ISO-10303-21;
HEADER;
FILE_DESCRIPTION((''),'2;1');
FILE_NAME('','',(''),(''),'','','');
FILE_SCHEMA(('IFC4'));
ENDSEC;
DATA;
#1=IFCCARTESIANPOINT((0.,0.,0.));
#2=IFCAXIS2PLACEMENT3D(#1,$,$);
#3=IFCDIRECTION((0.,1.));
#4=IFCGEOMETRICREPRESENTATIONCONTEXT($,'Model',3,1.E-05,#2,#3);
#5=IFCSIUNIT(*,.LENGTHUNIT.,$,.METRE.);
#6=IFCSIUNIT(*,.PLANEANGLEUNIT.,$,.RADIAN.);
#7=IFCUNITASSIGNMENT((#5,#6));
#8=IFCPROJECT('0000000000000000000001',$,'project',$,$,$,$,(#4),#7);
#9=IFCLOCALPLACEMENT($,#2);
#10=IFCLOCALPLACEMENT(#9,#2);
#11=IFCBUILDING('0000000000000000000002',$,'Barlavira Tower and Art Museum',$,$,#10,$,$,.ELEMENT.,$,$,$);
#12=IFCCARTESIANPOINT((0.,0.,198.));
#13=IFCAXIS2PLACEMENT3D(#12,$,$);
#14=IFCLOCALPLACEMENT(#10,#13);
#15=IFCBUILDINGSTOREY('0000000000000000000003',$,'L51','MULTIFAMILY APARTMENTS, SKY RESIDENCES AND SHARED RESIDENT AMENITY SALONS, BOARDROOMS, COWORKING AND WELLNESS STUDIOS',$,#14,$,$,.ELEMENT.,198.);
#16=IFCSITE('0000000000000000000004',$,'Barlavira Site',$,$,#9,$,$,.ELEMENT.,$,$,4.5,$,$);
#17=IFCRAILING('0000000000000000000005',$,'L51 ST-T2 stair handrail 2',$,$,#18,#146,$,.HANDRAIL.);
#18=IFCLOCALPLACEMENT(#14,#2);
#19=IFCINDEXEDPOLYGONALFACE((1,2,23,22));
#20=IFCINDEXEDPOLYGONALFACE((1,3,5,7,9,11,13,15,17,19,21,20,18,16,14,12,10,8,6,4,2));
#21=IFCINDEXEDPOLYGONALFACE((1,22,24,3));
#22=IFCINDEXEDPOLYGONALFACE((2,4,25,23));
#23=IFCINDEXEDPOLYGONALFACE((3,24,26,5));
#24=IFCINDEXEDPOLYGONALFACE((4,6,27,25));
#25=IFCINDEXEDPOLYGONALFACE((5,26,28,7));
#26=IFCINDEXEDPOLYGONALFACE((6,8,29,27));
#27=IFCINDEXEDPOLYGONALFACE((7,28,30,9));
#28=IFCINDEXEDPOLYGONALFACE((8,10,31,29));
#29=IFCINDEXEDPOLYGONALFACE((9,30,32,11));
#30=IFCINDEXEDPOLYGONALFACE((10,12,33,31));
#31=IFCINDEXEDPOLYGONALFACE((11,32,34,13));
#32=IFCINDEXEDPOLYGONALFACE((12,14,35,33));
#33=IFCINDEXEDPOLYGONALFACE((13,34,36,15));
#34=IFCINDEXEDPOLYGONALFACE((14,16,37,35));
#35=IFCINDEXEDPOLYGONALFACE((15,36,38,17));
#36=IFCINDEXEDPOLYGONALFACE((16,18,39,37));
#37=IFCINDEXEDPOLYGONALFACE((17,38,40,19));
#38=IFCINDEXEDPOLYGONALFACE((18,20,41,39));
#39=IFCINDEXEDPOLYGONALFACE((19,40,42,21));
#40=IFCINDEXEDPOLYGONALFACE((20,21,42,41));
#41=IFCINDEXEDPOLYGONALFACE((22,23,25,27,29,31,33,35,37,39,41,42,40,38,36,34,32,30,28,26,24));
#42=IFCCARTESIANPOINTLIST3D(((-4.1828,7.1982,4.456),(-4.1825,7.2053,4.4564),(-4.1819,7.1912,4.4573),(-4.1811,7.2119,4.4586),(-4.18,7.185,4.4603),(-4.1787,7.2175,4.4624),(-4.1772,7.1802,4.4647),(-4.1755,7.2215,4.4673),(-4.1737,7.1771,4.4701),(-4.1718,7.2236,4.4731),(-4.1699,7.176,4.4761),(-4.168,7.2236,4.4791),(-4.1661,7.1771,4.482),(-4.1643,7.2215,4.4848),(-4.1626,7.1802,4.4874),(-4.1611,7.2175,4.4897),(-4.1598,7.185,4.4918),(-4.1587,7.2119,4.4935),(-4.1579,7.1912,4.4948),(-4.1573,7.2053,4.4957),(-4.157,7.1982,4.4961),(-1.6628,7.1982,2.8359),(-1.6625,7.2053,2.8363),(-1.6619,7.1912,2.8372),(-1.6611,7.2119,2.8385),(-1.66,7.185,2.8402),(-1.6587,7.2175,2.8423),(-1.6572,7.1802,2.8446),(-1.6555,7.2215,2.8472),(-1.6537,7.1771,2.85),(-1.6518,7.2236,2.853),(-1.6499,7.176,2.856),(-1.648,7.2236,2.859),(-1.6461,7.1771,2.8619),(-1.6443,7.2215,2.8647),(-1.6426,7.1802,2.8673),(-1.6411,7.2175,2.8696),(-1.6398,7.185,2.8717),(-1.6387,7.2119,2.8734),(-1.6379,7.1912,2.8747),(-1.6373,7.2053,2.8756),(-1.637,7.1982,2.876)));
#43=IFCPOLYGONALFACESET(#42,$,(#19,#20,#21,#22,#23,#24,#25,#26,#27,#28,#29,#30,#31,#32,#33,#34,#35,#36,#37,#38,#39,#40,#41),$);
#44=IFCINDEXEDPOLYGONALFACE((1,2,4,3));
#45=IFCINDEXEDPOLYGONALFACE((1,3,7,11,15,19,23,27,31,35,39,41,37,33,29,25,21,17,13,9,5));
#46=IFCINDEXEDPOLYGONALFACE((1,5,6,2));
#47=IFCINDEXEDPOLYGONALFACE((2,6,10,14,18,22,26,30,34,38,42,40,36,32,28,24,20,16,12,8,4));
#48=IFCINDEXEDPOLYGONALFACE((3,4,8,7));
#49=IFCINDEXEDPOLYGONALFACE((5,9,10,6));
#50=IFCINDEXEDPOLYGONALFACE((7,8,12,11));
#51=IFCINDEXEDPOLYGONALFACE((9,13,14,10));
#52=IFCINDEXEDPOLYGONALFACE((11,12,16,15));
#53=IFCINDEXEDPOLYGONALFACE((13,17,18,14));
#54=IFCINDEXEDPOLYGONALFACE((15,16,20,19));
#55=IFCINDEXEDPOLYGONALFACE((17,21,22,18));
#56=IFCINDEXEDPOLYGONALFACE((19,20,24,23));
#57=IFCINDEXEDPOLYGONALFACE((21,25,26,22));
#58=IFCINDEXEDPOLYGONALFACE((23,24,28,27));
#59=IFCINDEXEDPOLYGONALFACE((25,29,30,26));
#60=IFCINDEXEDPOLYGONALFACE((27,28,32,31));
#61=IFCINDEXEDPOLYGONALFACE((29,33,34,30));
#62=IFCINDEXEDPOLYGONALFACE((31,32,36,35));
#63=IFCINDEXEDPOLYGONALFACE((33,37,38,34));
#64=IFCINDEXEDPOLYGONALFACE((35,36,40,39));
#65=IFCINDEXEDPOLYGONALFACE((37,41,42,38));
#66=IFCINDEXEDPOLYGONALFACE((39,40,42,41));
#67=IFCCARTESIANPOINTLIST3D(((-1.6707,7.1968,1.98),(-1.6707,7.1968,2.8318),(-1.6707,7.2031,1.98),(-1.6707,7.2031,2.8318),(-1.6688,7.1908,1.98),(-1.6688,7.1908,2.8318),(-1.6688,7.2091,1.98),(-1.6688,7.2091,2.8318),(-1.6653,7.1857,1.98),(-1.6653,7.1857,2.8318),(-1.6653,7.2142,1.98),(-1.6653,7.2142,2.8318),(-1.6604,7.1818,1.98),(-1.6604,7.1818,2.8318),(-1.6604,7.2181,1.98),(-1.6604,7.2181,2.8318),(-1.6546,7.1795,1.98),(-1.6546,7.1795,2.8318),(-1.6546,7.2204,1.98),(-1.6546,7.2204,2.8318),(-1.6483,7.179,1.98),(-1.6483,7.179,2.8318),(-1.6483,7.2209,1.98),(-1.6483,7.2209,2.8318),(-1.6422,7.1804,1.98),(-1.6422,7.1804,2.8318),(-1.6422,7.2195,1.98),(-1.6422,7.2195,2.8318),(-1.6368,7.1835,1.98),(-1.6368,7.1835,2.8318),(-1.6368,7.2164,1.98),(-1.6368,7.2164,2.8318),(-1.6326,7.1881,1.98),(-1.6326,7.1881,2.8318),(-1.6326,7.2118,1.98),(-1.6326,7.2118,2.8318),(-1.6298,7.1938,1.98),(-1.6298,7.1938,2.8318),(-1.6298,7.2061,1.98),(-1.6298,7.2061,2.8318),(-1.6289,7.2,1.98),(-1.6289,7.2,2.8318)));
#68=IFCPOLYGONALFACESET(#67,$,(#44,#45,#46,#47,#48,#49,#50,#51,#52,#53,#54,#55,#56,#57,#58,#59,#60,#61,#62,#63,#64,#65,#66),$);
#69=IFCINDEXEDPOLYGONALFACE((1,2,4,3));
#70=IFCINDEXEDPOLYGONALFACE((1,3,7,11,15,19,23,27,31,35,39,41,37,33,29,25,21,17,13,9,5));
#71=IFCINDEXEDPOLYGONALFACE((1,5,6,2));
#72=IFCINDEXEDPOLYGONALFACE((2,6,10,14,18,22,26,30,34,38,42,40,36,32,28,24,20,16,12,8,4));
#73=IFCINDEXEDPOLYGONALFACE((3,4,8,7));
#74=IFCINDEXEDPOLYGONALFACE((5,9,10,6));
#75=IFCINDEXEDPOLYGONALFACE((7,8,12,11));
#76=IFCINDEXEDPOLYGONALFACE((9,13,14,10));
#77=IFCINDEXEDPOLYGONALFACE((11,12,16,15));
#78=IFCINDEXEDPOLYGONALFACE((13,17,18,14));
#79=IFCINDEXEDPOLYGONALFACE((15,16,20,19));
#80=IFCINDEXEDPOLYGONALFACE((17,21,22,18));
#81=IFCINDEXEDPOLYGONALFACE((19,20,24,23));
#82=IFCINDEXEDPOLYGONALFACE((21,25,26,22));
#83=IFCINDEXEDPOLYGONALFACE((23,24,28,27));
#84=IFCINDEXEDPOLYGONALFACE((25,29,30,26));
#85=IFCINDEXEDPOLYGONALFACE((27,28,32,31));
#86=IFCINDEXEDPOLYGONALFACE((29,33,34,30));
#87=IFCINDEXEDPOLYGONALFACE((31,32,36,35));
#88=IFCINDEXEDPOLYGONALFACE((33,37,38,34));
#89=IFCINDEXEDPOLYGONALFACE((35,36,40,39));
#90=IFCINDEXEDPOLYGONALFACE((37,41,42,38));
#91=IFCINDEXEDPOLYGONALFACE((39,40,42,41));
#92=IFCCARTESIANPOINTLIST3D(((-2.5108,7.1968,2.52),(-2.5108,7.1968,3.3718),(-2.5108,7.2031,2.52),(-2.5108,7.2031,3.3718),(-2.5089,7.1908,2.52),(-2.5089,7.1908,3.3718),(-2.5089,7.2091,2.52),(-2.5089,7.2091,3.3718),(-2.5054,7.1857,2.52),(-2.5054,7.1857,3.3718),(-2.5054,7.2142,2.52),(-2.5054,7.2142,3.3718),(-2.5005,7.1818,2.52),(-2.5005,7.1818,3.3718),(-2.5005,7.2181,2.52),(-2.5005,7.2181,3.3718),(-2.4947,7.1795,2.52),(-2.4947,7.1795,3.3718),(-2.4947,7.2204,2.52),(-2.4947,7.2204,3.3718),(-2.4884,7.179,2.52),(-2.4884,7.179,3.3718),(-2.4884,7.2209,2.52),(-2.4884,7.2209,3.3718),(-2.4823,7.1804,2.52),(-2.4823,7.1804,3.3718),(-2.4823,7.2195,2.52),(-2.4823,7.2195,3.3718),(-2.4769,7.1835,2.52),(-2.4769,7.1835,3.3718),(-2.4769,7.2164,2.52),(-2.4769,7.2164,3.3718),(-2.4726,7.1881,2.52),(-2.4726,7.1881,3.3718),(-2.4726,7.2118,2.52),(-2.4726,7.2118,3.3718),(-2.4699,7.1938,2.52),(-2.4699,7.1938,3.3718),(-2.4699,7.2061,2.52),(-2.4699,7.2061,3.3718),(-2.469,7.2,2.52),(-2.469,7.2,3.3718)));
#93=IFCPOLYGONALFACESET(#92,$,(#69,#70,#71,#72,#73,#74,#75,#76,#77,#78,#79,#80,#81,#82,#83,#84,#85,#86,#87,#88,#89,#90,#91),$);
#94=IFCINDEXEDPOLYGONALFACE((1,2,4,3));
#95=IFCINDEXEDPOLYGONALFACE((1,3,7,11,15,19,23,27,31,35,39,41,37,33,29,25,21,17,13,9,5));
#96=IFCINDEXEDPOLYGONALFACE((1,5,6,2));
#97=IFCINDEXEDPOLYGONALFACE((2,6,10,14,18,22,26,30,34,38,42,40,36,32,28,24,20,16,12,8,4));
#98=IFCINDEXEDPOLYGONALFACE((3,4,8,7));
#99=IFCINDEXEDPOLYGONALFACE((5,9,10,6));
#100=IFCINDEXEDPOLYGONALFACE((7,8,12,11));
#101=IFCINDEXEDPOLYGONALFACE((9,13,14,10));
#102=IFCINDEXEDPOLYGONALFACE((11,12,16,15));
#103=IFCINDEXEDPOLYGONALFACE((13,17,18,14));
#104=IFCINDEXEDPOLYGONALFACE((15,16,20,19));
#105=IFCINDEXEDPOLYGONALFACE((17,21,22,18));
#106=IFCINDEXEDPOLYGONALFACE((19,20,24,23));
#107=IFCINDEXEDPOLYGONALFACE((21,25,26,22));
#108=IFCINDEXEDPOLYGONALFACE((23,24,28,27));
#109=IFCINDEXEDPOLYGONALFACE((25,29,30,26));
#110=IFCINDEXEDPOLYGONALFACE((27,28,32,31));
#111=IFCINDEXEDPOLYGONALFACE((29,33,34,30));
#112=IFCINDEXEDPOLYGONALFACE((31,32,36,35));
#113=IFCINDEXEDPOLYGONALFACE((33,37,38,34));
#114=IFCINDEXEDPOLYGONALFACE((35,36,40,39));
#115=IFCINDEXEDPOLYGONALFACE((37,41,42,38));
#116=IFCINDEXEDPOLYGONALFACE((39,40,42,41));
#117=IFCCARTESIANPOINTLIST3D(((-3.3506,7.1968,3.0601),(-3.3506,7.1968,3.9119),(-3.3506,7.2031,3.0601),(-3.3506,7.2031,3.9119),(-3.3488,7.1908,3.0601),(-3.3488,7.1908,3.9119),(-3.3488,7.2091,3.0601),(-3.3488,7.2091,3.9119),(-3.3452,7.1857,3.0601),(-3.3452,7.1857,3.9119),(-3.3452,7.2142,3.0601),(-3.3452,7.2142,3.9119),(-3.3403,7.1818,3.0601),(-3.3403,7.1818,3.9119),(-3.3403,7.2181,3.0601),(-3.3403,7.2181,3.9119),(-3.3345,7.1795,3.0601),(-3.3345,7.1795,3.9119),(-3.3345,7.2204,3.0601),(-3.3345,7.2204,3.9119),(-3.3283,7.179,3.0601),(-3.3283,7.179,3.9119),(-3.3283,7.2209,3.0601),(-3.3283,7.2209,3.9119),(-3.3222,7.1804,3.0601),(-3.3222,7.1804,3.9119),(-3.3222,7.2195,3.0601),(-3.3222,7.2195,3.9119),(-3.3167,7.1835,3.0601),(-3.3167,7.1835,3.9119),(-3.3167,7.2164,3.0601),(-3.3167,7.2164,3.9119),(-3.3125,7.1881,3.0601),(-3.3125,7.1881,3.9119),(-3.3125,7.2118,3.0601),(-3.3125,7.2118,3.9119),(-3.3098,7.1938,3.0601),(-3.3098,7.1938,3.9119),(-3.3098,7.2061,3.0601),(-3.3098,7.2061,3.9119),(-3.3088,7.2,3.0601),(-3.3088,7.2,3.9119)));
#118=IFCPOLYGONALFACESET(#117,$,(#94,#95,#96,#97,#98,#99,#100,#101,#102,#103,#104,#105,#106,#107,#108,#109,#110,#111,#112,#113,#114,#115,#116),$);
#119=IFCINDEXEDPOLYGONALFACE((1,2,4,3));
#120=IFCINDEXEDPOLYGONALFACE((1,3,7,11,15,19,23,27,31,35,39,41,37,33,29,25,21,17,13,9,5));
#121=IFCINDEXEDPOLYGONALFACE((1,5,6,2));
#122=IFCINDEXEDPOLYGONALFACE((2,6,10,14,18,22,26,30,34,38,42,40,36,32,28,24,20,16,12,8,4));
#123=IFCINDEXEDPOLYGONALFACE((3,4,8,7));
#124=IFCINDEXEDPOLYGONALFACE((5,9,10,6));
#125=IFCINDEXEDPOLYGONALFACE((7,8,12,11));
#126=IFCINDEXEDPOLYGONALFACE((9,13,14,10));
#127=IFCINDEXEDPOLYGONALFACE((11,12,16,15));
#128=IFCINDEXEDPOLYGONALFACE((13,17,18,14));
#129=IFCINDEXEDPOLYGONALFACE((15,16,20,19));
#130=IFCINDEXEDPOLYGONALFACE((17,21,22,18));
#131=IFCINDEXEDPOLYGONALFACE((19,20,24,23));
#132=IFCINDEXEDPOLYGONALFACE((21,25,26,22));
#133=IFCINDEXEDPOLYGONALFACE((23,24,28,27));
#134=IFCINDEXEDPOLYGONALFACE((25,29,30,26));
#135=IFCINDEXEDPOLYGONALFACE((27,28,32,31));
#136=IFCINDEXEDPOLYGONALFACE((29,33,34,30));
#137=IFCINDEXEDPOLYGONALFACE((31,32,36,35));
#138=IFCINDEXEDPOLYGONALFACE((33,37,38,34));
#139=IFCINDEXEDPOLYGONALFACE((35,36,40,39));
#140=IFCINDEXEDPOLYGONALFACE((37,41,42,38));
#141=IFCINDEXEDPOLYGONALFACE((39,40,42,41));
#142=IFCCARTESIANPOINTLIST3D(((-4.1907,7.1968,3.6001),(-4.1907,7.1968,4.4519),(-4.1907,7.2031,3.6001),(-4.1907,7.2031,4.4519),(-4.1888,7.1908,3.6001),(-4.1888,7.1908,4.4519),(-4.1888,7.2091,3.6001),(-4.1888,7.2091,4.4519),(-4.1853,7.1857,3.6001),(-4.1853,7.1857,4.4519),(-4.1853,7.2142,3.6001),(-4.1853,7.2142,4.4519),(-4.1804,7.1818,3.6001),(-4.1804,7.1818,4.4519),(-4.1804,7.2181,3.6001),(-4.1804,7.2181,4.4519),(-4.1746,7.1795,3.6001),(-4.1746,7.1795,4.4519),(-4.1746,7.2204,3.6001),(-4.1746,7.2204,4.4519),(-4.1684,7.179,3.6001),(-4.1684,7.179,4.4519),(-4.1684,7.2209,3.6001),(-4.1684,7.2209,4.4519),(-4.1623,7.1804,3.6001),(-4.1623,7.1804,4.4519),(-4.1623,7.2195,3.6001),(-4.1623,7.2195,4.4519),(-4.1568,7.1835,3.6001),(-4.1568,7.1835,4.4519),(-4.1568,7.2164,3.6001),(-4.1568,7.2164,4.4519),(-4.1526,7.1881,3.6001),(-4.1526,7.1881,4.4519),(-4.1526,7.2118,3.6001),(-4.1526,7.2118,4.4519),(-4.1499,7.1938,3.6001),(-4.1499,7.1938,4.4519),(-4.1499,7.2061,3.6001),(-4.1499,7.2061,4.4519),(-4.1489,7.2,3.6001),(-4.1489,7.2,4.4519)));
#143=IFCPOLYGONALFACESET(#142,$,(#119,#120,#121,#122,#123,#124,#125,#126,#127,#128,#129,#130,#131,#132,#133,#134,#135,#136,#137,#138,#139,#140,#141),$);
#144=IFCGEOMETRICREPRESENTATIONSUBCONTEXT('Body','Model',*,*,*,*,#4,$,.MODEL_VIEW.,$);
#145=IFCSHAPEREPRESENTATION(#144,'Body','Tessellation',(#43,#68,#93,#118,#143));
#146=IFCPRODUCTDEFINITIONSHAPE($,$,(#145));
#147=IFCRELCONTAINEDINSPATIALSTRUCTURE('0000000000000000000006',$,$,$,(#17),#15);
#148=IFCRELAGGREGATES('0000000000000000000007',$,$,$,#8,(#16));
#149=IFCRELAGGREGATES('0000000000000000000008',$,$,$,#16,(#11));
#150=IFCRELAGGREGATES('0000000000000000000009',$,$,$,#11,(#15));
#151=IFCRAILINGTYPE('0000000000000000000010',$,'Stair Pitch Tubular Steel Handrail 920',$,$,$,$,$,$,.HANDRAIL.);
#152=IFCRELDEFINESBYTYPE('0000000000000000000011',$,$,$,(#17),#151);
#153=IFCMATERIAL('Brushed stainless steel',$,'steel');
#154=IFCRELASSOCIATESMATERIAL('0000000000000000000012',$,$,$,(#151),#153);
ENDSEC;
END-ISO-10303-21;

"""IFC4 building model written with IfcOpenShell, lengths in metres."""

from ifc_helpers import new_model, si_unit, direction, frame, origin, origin_2d, place, context, subcontext, project, spatial, circle, extrude, material, type_object, element, save


model = new_model("IFC4")

# Units and contexts
model_context = context("Model", 3, precision=1e-05, world=origin(), true_north=direction((0.0, 1.0)))
body_context = subcontext(model_context, "Body", "Model", "MODEL_VIEW")
ifc_project = project(units=[si_unit("LENGTHUNIT", "METRE"), si_unit("PLANEANGLEUNIT", "RADIAN")], contexts=[model_context])

# Site, building, storey
site_placement = place(None, origin())
site = spatial("IfcSite", under=ifc_project, at=site_placement, Name="Barlavira Site", CompositionType="ELEMENT", RefElevation=4.5)
building_placement = place(site_placement, origin())
building = spatial("IfcBuilding", under=site, at=building_placement, Name="Barlavira Tower and Art Museum", CompositionType="ELEMENT")
storey_placement = place(building_placement, frame((0.0, 0.0, 198.0)))
storey = spatial("IfcBuildingStorey", under=building, at=storey_placement, Name="L51", Description="MULTIFAMILY APARTMENTS, SKY RESIDENCES AND SHARED RESIDENT AMENITY SALONS, BOARDROOMS, COWORKING AND WELLNESS STUDIOS", CompositionType="ELEMENT", Elevation=198.0)

# Shared definitions
ifc_material_1 = material(Name="Brushed stainless steel", Category="steel")

# Railing
railing_type_1 = type_object("IfcRailingType", Name="Stair Pitch Tubular Steel Handrail 920", PredefinedType="HANDRAIL", material=ifc_material_1)
railing_1_placement = place(storey_placement, frame((-1.6499, 7.2, 1.98)))
element("IfcRailing", 1, at=railing_1_placement, inside=storey, type_object=railing_type_1, Name="L51 ST-T2 stair handrail 2", PredefinedType="HANDRAIL", context=body_context, shape_type="SweptSolid", body=[
    extrude(circle(Radius=0.0239, at=origin_2d()), frame((0.0, 0.0, 0.876), z_axis=(-0.841163, 0.0, 0.540782), x_axis=(0.0, -1.0, 0.0)), (0.0, 0.0, 1.0), 2.9958),
    extrude(circle(Radius=0.021, at=origin_2d()), origin(), (0.0, 0.0, 1.0), 0.8518),
    extrude(circle(Radius=0.021, at=origin_2d()), frame((-0.8401, 0.0, 0.54)), (0.0, 0.0, 1.0), 0.8518),
    extrude(circle(Radius=0.021, at=origin_2d()), frame((-1.6799, 0.0, 1.0801)), (0.0, 0.0, 1.0), 0.8518),
    extrude(circle(Radius=0.021, at=origin_2d()), frame((-2.52, 0.0, 1.6201)), (0.0, 0.0, 1.0), 0.8518),
])

save(model, "model.ifc")
